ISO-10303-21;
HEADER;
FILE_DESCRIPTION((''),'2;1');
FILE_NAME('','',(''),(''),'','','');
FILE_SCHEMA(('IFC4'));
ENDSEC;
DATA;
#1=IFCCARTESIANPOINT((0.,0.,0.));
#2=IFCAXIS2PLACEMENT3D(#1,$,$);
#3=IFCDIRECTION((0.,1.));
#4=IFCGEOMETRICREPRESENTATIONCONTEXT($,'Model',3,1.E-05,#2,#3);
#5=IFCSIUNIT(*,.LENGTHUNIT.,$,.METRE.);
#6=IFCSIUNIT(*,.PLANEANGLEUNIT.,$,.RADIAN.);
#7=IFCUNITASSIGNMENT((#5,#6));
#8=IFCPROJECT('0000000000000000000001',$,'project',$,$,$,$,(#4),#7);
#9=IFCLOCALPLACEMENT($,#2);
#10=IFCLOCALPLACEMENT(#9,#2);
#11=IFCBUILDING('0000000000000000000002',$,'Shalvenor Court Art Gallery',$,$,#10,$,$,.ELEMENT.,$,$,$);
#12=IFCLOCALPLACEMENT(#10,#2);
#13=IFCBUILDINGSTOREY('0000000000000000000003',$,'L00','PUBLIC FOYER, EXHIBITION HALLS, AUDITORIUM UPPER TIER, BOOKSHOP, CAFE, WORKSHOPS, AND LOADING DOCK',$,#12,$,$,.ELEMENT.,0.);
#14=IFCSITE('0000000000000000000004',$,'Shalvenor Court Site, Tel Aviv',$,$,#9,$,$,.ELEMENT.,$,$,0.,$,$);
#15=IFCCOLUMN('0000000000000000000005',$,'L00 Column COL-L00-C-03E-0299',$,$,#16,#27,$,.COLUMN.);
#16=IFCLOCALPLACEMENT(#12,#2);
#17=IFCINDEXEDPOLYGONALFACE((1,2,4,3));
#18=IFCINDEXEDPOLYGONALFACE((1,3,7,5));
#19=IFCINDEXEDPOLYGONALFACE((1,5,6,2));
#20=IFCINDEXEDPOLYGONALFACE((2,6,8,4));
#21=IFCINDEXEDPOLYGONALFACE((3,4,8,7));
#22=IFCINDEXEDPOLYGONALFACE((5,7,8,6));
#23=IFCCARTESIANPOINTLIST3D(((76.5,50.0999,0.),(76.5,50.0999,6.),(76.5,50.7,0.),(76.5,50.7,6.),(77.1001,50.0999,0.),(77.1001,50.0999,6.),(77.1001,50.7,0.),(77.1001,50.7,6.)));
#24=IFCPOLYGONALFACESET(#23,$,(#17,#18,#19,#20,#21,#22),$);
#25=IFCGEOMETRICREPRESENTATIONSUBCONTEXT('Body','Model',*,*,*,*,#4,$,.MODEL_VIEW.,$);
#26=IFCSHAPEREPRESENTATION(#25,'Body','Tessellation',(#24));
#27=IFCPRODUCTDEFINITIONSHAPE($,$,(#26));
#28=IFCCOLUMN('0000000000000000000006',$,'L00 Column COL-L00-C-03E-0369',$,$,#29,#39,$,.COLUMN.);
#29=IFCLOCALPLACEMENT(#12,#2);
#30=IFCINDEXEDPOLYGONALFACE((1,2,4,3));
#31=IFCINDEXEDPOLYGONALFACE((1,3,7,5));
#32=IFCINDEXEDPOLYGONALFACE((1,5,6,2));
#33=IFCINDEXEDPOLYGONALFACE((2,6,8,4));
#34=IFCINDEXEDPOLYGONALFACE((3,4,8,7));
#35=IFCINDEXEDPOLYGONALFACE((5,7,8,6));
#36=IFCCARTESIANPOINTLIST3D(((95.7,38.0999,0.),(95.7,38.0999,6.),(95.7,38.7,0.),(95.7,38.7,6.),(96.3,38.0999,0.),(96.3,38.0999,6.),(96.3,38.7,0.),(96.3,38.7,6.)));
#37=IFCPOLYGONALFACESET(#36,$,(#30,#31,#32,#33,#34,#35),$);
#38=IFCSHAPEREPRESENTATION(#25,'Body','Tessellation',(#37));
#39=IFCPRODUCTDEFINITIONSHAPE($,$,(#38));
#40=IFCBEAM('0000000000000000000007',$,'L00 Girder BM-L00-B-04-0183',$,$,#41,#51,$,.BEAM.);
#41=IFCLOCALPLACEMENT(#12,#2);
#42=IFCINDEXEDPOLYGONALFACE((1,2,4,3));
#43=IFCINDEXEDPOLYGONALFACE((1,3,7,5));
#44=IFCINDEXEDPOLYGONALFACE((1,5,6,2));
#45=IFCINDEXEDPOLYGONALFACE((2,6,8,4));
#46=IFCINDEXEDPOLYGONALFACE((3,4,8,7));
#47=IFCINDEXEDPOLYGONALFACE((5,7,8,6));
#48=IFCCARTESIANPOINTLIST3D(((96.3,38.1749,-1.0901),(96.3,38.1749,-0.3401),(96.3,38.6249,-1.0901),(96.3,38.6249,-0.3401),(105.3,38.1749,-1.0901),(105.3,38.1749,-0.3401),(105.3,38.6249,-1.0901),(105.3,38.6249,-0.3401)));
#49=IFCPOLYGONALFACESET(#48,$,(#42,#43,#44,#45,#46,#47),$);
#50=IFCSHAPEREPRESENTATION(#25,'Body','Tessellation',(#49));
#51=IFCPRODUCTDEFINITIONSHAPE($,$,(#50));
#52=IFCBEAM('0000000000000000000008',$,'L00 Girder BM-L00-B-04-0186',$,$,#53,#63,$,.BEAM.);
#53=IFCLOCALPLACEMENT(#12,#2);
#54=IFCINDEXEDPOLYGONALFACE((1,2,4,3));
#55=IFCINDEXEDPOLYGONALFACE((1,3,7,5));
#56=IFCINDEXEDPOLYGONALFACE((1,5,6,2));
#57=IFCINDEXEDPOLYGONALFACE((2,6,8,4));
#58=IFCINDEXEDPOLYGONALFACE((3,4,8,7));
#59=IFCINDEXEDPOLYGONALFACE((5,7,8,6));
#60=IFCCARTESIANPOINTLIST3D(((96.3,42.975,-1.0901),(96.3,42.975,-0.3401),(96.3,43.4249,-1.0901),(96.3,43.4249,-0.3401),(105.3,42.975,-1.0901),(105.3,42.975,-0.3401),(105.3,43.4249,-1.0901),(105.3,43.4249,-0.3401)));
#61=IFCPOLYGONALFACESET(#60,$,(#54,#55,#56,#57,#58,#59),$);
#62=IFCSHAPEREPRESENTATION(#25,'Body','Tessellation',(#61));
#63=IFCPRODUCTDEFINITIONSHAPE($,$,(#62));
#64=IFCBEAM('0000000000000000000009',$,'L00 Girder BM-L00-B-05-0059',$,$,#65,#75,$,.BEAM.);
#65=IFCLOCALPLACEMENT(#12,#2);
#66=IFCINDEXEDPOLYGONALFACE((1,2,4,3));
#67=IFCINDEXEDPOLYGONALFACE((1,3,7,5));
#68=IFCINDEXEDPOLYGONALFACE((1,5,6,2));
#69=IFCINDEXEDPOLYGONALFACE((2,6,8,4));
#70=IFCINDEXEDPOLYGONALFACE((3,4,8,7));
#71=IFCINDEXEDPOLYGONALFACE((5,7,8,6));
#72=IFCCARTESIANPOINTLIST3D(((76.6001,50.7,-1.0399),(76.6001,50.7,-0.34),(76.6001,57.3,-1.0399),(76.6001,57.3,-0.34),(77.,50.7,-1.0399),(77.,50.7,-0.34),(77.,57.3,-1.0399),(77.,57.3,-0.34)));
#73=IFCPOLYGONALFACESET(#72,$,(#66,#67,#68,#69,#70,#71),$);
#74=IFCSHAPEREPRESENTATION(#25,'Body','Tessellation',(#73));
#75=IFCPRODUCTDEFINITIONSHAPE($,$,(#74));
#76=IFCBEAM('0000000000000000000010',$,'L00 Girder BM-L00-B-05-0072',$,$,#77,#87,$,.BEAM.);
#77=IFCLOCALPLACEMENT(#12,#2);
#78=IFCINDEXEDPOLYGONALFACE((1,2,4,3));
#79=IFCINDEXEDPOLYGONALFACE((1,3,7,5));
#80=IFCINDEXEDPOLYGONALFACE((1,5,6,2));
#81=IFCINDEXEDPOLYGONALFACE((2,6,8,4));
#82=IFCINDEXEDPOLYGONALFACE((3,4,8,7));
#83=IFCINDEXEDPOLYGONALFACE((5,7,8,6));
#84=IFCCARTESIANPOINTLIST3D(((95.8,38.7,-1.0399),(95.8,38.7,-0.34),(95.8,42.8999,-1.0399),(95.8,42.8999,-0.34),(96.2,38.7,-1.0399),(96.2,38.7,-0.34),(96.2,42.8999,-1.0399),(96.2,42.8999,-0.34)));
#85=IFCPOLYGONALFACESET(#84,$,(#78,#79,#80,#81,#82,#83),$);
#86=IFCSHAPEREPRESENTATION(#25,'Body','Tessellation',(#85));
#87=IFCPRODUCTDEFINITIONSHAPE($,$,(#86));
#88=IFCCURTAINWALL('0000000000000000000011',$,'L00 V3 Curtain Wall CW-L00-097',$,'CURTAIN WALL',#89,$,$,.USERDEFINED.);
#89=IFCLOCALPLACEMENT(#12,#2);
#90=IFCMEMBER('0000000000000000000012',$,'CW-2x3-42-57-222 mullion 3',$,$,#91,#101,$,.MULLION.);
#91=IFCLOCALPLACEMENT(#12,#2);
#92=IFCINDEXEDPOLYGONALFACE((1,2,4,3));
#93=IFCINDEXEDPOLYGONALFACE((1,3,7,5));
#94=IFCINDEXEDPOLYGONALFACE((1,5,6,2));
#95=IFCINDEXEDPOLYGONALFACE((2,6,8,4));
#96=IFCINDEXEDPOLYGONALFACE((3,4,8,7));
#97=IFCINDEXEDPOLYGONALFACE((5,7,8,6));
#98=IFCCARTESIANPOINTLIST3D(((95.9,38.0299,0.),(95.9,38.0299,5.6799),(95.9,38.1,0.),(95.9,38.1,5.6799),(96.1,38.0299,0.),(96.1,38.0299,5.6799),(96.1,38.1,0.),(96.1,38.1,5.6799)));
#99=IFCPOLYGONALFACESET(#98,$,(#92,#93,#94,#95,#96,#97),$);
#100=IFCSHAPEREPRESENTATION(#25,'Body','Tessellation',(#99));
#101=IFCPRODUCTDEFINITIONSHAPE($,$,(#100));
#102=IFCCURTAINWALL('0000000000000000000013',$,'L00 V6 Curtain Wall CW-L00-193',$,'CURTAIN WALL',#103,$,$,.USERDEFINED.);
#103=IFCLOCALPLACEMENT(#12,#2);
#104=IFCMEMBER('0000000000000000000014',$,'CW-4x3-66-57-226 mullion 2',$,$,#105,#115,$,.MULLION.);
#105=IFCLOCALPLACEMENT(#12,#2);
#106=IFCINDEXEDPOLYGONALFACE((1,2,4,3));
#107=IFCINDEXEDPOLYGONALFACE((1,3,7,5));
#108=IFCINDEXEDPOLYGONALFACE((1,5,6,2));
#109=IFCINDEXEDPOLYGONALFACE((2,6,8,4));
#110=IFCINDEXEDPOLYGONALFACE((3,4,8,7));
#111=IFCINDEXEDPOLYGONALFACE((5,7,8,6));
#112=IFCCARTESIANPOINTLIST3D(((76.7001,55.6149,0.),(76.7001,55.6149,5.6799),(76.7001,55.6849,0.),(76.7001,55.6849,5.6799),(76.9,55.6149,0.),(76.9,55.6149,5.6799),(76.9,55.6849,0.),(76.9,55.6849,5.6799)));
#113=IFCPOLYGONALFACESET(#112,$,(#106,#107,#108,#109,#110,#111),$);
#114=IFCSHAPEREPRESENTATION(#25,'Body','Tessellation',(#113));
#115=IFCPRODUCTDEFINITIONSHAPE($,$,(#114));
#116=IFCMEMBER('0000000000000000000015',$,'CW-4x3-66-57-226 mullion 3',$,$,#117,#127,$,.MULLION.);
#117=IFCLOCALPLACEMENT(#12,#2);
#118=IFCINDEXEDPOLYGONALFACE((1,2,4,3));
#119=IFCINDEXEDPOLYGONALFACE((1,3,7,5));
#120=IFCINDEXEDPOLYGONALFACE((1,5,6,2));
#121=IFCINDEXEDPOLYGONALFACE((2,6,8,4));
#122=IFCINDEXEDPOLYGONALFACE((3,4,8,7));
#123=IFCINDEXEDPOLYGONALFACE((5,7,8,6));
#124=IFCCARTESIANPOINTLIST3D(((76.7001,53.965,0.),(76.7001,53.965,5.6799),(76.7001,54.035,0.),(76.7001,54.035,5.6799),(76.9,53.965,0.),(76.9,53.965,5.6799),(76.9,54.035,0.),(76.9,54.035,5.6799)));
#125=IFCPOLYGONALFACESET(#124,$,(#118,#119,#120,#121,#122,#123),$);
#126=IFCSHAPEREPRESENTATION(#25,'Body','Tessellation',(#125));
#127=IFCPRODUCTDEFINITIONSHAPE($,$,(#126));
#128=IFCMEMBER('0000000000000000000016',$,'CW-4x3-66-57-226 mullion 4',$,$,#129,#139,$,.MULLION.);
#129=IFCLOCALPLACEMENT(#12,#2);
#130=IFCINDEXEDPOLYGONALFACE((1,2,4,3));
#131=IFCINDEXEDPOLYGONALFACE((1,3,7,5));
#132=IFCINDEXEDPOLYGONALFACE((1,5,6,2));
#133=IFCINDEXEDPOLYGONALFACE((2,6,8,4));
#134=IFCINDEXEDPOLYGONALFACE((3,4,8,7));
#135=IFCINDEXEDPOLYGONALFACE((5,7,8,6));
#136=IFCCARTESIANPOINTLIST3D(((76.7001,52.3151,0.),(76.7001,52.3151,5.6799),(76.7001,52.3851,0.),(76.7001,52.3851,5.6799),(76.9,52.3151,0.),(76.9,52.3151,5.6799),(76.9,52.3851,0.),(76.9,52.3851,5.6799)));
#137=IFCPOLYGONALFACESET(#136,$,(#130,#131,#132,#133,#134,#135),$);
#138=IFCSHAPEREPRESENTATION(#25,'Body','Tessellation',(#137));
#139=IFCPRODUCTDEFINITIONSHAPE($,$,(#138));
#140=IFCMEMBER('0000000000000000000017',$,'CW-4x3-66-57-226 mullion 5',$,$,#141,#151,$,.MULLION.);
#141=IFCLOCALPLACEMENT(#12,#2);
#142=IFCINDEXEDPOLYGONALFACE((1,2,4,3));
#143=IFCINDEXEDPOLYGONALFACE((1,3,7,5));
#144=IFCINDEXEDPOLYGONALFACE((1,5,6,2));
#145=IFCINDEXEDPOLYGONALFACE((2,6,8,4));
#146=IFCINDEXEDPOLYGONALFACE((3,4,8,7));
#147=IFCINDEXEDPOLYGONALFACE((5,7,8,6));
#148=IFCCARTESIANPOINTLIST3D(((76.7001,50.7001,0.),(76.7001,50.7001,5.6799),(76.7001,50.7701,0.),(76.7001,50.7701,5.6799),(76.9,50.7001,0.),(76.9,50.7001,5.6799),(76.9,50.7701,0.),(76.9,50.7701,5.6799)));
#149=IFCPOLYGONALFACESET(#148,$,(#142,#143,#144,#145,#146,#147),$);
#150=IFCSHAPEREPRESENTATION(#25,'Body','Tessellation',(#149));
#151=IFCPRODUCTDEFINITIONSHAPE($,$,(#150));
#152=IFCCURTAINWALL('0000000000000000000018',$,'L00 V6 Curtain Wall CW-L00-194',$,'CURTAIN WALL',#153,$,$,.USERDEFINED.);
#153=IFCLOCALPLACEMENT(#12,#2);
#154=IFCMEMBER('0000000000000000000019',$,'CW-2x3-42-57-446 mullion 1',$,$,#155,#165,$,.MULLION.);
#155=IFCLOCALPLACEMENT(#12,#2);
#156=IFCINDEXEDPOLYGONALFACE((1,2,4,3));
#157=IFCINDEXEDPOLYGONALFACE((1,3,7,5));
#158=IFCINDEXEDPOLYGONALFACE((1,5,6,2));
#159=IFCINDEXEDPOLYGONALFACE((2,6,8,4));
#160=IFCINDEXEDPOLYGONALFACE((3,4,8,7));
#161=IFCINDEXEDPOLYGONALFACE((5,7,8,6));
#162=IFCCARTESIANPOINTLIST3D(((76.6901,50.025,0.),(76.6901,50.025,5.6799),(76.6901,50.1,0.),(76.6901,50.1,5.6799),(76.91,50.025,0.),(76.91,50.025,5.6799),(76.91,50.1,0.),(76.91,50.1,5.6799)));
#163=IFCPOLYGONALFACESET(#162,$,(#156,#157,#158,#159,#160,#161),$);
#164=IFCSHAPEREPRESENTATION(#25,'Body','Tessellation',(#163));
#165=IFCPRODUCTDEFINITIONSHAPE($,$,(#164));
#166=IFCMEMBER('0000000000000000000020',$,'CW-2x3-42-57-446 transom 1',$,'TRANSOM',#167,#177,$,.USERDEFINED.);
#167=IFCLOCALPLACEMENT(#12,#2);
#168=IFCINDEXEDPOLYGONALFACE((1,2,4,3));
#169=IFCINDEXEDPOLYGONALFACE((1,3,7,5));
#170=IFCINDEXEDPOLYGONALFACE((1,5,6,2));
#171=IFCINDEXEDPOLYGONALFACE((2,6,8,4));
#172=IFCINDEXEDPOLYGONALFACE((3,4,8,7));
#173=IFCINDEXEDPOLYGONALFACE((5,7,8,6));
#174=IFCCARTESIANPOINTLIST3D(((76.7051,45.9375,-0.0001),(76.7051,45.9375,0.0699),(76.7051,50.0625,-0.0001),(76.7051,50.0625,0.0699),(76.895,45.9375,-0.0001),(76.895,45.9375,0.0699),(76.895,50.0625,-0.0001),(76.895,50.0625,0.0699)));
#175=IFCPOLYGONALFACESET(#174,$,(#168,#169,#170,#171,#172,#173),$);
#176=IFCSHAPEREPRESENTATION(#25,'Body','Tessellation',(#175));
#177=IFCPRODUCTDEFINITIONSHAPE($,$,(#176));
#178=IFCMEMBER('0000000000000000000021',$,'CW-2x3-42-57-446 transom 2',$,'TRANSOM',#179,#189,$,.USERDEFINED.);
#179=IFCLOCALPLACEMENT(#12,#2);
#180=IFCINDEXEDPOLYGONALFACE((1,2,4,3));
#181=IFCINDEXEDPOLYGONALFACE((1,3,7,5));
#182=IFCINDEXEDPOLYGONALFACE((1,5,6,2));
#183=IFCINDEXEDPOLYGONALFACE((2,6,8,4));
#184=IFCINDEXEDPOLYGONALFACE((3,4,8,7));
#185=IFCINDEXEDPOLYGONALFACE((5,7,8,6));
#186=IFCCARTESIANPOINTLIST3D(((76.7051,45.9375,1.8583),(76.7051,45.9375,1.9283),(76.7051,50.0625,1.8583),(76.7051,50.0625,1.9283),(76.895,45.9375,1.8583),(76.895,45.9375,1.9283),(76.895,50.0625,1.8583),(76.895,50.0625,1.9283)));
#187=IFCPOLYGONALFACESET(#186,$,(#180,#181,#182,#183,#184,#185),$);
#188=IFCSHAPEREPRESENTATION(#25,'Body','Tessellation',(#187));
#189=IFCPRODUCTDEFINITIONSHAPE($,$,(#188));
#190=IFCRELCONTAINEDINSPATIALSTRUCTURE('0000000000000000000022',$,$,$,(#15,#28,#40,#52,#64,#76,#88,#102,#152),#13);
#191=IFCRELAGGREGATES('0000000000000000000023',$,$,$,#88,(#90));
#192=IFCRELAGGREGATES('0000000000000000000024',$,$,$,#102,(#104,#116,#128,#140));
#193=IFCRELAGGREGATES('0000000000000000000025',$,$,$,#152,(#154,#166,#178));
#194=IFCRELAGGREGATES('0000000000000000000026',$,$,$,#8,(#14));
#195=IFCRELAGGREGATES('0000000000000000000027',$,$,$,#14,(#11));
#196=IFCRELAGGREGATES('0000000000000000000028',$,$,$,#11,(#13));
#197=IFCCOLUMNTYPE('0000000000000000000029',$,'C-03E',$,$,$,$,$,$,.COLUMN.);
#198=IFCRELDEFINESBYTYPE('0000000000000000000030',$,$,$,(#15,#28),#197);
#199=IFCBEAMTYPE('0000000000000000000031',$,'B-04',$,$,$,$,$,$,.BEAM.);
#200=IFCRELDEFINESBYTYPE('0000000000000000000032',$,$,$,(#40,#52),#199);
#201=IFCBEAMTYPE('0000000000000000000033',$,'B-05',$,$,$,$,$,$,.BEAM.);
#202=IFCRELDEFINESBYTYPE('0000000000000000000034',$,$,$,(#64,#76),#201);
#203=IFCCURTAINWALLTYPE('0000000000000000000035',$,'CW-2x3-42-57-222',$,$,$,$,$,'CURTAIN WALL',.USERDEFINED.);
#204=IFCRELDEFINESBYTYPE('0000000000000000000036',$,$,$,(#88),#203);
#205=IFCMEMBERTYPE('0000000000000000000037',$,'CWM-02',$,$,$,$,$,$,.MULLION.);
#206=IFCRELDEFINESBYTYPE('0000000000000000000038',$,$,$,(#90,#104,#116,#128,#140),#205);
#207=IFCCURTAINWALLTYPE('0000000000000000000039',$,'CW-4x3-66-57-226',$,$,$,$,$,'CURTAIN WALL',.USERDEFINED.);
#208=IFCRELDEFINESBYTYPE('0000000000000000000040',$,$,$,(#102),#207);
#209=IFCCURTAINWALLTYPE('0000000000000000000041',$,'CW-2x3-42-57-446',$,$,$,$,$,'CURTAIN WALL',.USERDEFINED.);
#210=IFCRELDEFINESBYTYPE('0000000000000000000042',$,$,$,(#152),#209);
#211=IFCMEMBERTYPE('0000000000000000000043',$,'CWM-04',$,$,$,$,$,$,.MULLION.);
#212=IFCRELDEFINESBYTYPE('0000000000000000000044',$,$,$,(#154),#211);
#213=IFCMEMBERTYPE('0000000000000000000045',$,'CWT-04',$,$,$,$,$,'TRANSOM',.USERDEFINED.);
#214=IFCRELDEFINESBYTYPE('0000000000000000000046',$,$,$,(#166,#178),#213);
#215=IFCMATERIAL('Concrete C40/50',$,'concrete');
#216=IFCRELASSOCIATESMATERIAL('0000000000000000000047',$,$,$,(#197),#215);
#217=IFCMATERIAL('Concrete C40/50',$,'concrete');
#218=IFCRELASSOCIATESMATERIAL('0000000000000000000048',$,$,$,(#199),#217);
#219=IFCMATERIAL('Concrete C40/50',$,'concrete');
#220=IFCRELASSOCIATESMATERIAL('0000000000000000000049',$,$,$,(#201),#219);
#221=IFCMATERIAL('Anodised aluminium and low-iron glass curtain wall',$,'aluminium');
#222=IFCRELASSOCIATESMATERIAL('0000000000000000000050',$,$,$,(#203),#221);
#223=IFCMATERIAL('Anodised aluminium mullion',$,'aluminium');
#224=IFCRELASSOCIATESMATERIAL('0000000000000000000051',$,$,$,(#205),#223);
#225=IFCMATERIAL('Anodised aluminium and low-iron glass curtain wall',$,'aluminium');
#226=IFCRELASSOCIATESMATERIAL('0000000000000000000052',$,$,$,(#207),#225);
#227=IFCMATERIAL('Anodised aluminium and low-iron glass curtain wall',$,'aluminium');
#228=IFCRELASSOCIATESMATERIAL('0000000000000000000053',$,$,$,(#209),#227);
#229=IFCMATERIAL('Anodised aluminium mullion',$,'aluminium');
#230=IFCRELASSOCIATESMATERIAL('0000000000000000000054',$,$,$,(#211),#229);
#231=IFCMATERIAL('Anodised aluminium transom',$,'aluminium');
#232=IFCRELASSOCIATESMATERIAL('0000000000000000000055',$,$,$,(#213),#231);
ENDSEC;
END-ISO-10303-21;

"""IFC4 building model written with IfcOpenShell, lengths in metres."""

from ifc_helpers import new_model, si_unit, direction, frame, origin, origin_2d, place, context, subcontext, project, spatial, rectangle, extrude, material, material_profile, profile_set, type_object, element, aggregate, save


model = new_model("IFC4")

# Units and contexts
model_context = context("Model", 3, precision=1e-05, world=origin(), true_north=direction((0.0, 1.0)))
body_context = subcontext(model_context, "Body", "Model", "MODEL_VIEW")
ifc_project = project(units=[si_unit("LENGTHUNIT", "METRE"), si_unit("PLANEANGLEUNIT", "RADIAN")], contexts=[model_context])

# Site, building, storey
site_placement = place(None, origin())
site = spatial("IfcSite", under=ifc_project, at=site_placement, Name="Shalvenor Court Site, Tel Aviv", CompositionType="ELEMENT", RefElevation=0.0)
building_placement = place(site_placement, origin())
building = spatial("IfcBuilding", under=site, at=building_placement, Name="Shalvenor Court Art Gallery", CompositionType="ELEMENT")
storey_placement = place(building_placement, origin())
storey = spatial("IfcBuildingStorey", under=building, at=storey_placement, Name="L00", Description="PUBLIC FOYER, EXHIBITION HALLS, AUDITORIUM UPPER TIER, BOOKSHOP, CAFE, WORKSHOPS, AND LOADING DOCK", CompositionType="ELEMENT", Elevation=0.0)

# Columns
ifc_material_1 = material(Name="Concrete C40/50", Category="concrete")
ifc_material_profile_1 = material_profile(ifc_material_1, rectangle(XDim=0.6001, YDim=0.6001, at=origin_2d()), Name="RC 600x600")
ifc_profile_set_1 = profile_set([ifc_material_profile_1], Name="Concrete C40/50")
column_type = type_object("IfcColumnType", Name="C-03E", PredefinedType="COLUMN", material=ifc_profile_set_1)
for number, where, z_axis, x_axis, name in (
    (1, (76.8, 50.3999, 0.0), (0.0, 0.0, 1.0), (1.0, 0.0, 0.0), "L00 Column COL-L00-C-03E-0299"),
    (2, (96.0, 38.3999, 0.0), (0.0, 0.0, 1.0), (1.0, 0.0, 0.0), "L00 Column COL-L00-C-03E-0369"),
):
    element("IfcColumn", number, at=place(storey_placement, frame(where, z_axis=z_axis, x_axis=x_axis)), inside=storey, type_object=column_type, Name=name, PredefinedType="COLUMN", context=body_context, shape_type="SweptSolid", body=[
        extrude(rectangle(XDim=0.6001, YDim=0.6001, at=origin_2d()), origin(), (0.0, 0.0, 1.0), 6.0),
    ])

# Beams
ifc_material_2 = material(Name="Concrete C40/50", Category="concrete")
ifc_material_profile_2 = material_profile(ifc_material_2, rectangle(XDim=0.45, YDim=0.75, at=origin_2d()), Name="RC 450x750")
ifc_profile_set_2 = profile_set([ifc_material_profile_2], Name="Concrete C40/50")
beam_type_1 = type_object("IfcBeamType", Name="B-04", PredefinedType="BEAM", material=ifc_profile_set_2)
for number, where, z_axis, x_axis, name in (
    (3, (96.3, 38.3999, -0.7151), (1.0, 0.0, 0.0), (0.0, 1.0, 0.0), "L00 Girder BM-L00-B-04-0183"),
    (4, (96.3, 43.2, -0.7151), (1.0, 0.0, 0.0), (0.0, 1.0, 0.0), "L00 Girder BM-L00-B-04-0186"),
):
    element("IfcBeam", number, at=place(storey_placement, frame(where, z_axis=z_axis, x_axis=x_axis)), inside=storey, type_object=beam_type_1, Name=name, PredefinedType="BEAM", context=body_context, shape_type="SweptSolid", body=[
        extrude(rectangle(XDim=0.45, YDim=0.75, at=origin_2d()), origin(), (0.0, 0.0, 1.0), 9.0),
    ])
ifc_material_3 = material(Name="Concrete C40/50", Category="concrete")
ifc_material_profile_3 = material_profile(ifc_material_3, rectangle(XDim=0.3999, YDim=0.7, at=origin_2d()), Name="RC 400x700")
ifc_profile_set_3 = profile_set([ifc_material_profile_3], Name="Concrete C40/50")
beam_type_2 = type_object("IfcBeamType", Name="B-05", PredefinedType="BEAM", material=ifc_profile_set_3)
beam_1_placement = place(storey_placement, frame((76.8, 50.7, -0.6899), z_axis=(0.0, 1.0, 0.0), x_axis=(-1.0, 0.0, 0.0)))
element("IfcBeam", 5, at=beam_1_placement, inside=storey, type_object=beam_type_2, Name="L00 Girder BM-L00-B-05-0059", PredefinedType="BEAM", context=body_context, shape_type="SweptSolid", body=[
    extrude(rectangle(XDim=0.3999, YDim=0.7, at=origin_2d()), origin(), (0.0, 0.0, 1.0), 6.6001),
])
beam_2_placement = place(storey_placement, frame((96.0, 38.7, -0.6899), z_axis=(0.0, 1.0, 0.0), x_axis=(-1.0, 0.0, 0.0)))
element("IfcBeam", 6, at=beam_2_placement, inside=storey, type_object=beam_type_2, Name="L00 Girder BM-L00-B-05-0072", PredefinedType="BEAM", context=body_context, shape_type="SweptSolid", body=[
    extrude(rectangle(XDim=0.3999, YDim=0.7, at=origin_2d()), origin(), (0.0, 0.0, 1.0), 4.2),
])

# Curtain wall, member
ifc_material_4 = material(Name="Anodised aluminium and low-iron glass curtain wall", Category="aluminium")
curtain_wall_type_1 = type_object("IfcCurtainWallType", Name="CW-2x3-42-57-222", ElementType="CURTAIN WALL", PredefinedType="USERDEFINED", material=ifc_material_4)
curtain_wall_1_placement = place(storey_placement, origin())
curtain_wall_1 = element("IfcCurtainWall", 7, at=curtain_wall_1_placement, inside=storey, type_object=curtain_wall_type_1, Name="L00 V3 Curtain Wall CW-L00-097", ObjectType="CURTAIN WALL", PredefinedType="USERDEFINED")
ifc_material_5 = material(Name="Anodised aluminium mullion", Category="aluminium")
ifc_material_profile_4 = material_profile(ifc_material_5, rectangle(XDim=0.0701, YDim=0.2, at=origin_2d()), Name="CWM-02")
ifc_profile_set_4 = profile_set([ifc_material_profile_4], Name="Anodised aluminium mullion")
member_type_1 = type_object("IfcMemberType", Name="CWM-02", PredefinedType="MULLION", material=ifc_profile_set_4)
member_1_placement = place(storey_placement, frame((96.0, 38.0649, 0.0), z_axis=(0.0, 0.0, 1.0), x_axis=(0.0, 1.0, 0.0)))
member_1 = element("IfcMember", 8, at=member_1_placement, type_object=member_type_1, Name="CW-2x3-42-57-222 mullion 3", PredefinedType="MULLION", context=body_context, shape_type="SweptSolid", body=[
    extrude(rectangle(XDim=0.0701, YDim=0.2, at=origin_2d()), origin(), (0.0, 0.0, 1.0), 5.6799),
])
aggregate(curtain_wall_1, [member_1])

# Curtain walls, members
ifc_material_6 = material(Name="Anodised aluminium and low-iron glass curtain wall", Category="aluminium")
curtain_wall_type_2 = type_object("IfcCurtainWallType", Name="CW-4x3-66-57-226", ElementType="CURTAIN WALL", PredefinedType="USERDEFINED", material=ifc_material_6)
curtain_wall_2_placement = place(storey_placement, origin())
curtain_wall_2 = element("IfcCurtainWall", 9, at=curtain_wall_2_placement, inside=storey, type_object=curtain_wall_type_2, Name="L00 V6 Curtain Wall CW-L00-193", ObjectType="CURTAIN WALL", PredefinedType="USERDEFINED")
member_2_placement = place(storey_placement, frame((76.8, 55.6499, 0.0), z_axis=(0.0, 0.0, 1.0), x_axis=(0.0, -1.0, 0.0)))
member_2 = element("IfcMember", 10, at=member_2_placement, type_object=member_type_1, Name="CW-4x3-66-57-226 mullion 2", PredefinedType="MULLION", context=body_context, shape_type="SweptSolid", body=[
    extrude(rectangle(XDim=0.0701, YDim=0.2, at=origin_2d()), origin(), (0.0, 0.0, 1.0), 5.6799),
])
member_3_placement = place(storey_placement, frame((76.8, 54.0, 0.0), z_axis=(0.0, 0.0, 1.0), x_axis=(0.0, -1.0, 0.0)))
member_3 = element("IfcMember", 11, at=member_3_placement, type_object=member_type_1, Name="CW-4x3-66-57-226 mullion 3", PredefinedType="MULLION", context=body_context, shape_type="SweptSolid", body=[
    extrude(rectangle(XDim=0.0701, YDim=0.2, at=origin_2d()), origin(), (0.0, 0.0, 1.0), 5.6799),
])
member_4_placement = place(storey_placement, frame((76.8, 52.3501, 0.0), z_axis=(0.0, 0.0, 1.0), x_axis=(0.0, -1.0, 0.0)))
member_4 = element("IfcMember", 12, at=member_4_placement, type_object=member_type_1, Name="CW-4x3-66-57-226 mullion 4", PredefinedType="MULLION", context=body_context, shape_type="SweptSolid", body=[
    extrude(rectangle(XDim=0.0701, YDim=0.2, at=origin_2d()), origin(), (0.0, 0.0, 1.0), 5.6799),
])
member_5_placement = place(storey_placement, frame((76.8, 50.7351, 0.0), z_axis=(0.0, 0.0, 1.0), x_axis=(0.0, -1.0, 0.0)))
member_5 = element("IfcMember", 13, at=member_5_placement, type_object=member_type_1, Name="CW-4x3-66-57-226 mullion 5", PredefinedType="MULLION", context=body_context, shape_type="SweptSolid", body=[
    extrude(rectangle(XDim=0.0701, YDim=0.2, at=origin_2d()), origin(), (0.0, 0.0, 1.0), 5.6799),
])
ifc_material_7 = material(Name="Anodised aluminium and low-iron glass curtain wall", Category="aluminium")
curtain_wall_type_3 = type_object("IfcCurtainWallType", Name="CW-2x3-42-57-446", ElementType="CURTAIN WALL", PredefinedType="USERDEFINED", material=ifc_material_7)
curtain_wall_3_placement = place(storey_placement, origin())
curtain_wall_3 = element("IfcCurtainWall", 14, at=curtain_wall_3_placement, inside=storey, type_object=curtain_wall_type_3, Name="L00 V6 Curtain Wall CW-L00-194", ObjectType="CURTAIN WALL", PredefinedType="USERDEFINED")
ifc_material_8 = material(Name="Anodised aluminium mullion", Category="aluminium")
ifc_material_profile_5 = material_profile(ifc_material_8, rectangle(XDim=0.075, YDim=0.22, at=origin_2d()), Name="CWM-04")
ifc_profile_set_5 = profile_set([ifc_material_profile_5], Name="Anodised aluminium mullion")
member_type_2 = type_object("IfcMemberType", Name="CWM-04", PredefinedType="MULLION", material=ifc_profile_set_5)
member_6_placement = place(storey_placement, frame((76.8, 50.0625, 0.0), z_axis=(0.0, 0.0, 1.0), x_axis=(0.0, -1.0, 0.0)))
member_6 = element("IfcMember", 15, at=member_6_placement, type_object=member_type_2, Name="CW-2x3-42-57-446 mullion 1", PredefinedType="MULLION", context=body_context, shape_type="SweptSolid", body=[
    extrude(rectangle(XDim=0.075, YDim=0.22, at=origin_2d()), origin(), (0.0, 0.0, 1.0), 5.6799),
])
ifc_material_9 = material(Name="Anodised aluminium transom", Category="aluminium")
ifc_material_profile_6 = material_profile(ifc_material_9, rectangle(XDim=0.1899, YDim=0.0701, at=origin_2d()), Name="CWT-04")
ifc_profile_set_6 = profile_set([ifc_material_profile_6], Name="Anodised aluminium transom")
member_type_3 = type_object("IfcMemberType", Name="CWT-04", ElementType="TRANSOM", PredefinedType="USERDEFINED", material=ifc_profile_set_6)
member_7_placement = place(storey_placement, frame((76.8, 50.0625, 0.0349), z_axis=(0.0, -1.0, 0.0), x_axis=(1.0, 0.0, 0.0)))
member_7 = element("IfcMember", 16, at=member_7_placement, type_object=member_type_3, Name="CW-2x3-42-57-446 transom 1", ObjectType="TRANSOM", PredefinedType="USERDEFINED", context=body_context, shape_type="SweptSolid", body=[
    extrude(rectangle(XDim=0.1899, YDim=0.0701, at=origin_2d()), origin(), (0.0, 0.0, 1.0), 4.125),
])
member_8_placement = place(storey_placement, frame((76.8, 50.0625, 1.8933), z_axis=(0.0, -1.0, 0.0), x_axis=(1.0, 0.0, 0.0)))
member_8 = element("IfcMember", 17, at=member_8_placement, type_object=member_type_3, Name="CW-2x3-42-57-446 transom 2", ObjectType="TRANSOM", PredefinedType="USERDEFINED", context=body_context, shape_type="SweptSolid", body=[
    extrude(rectangle(XDim=0.1899, YDim=0.0701, at=origin_2d()), origin(), (0.0, 0.0, 1.0), 4.125),
])

aggregate(curtain_wall_2, [member_2, member_3, member_4, member_5])
aggregate(curtain_wall_3, [member_6, member_7, member_8])

save(model, "model.ifc")
